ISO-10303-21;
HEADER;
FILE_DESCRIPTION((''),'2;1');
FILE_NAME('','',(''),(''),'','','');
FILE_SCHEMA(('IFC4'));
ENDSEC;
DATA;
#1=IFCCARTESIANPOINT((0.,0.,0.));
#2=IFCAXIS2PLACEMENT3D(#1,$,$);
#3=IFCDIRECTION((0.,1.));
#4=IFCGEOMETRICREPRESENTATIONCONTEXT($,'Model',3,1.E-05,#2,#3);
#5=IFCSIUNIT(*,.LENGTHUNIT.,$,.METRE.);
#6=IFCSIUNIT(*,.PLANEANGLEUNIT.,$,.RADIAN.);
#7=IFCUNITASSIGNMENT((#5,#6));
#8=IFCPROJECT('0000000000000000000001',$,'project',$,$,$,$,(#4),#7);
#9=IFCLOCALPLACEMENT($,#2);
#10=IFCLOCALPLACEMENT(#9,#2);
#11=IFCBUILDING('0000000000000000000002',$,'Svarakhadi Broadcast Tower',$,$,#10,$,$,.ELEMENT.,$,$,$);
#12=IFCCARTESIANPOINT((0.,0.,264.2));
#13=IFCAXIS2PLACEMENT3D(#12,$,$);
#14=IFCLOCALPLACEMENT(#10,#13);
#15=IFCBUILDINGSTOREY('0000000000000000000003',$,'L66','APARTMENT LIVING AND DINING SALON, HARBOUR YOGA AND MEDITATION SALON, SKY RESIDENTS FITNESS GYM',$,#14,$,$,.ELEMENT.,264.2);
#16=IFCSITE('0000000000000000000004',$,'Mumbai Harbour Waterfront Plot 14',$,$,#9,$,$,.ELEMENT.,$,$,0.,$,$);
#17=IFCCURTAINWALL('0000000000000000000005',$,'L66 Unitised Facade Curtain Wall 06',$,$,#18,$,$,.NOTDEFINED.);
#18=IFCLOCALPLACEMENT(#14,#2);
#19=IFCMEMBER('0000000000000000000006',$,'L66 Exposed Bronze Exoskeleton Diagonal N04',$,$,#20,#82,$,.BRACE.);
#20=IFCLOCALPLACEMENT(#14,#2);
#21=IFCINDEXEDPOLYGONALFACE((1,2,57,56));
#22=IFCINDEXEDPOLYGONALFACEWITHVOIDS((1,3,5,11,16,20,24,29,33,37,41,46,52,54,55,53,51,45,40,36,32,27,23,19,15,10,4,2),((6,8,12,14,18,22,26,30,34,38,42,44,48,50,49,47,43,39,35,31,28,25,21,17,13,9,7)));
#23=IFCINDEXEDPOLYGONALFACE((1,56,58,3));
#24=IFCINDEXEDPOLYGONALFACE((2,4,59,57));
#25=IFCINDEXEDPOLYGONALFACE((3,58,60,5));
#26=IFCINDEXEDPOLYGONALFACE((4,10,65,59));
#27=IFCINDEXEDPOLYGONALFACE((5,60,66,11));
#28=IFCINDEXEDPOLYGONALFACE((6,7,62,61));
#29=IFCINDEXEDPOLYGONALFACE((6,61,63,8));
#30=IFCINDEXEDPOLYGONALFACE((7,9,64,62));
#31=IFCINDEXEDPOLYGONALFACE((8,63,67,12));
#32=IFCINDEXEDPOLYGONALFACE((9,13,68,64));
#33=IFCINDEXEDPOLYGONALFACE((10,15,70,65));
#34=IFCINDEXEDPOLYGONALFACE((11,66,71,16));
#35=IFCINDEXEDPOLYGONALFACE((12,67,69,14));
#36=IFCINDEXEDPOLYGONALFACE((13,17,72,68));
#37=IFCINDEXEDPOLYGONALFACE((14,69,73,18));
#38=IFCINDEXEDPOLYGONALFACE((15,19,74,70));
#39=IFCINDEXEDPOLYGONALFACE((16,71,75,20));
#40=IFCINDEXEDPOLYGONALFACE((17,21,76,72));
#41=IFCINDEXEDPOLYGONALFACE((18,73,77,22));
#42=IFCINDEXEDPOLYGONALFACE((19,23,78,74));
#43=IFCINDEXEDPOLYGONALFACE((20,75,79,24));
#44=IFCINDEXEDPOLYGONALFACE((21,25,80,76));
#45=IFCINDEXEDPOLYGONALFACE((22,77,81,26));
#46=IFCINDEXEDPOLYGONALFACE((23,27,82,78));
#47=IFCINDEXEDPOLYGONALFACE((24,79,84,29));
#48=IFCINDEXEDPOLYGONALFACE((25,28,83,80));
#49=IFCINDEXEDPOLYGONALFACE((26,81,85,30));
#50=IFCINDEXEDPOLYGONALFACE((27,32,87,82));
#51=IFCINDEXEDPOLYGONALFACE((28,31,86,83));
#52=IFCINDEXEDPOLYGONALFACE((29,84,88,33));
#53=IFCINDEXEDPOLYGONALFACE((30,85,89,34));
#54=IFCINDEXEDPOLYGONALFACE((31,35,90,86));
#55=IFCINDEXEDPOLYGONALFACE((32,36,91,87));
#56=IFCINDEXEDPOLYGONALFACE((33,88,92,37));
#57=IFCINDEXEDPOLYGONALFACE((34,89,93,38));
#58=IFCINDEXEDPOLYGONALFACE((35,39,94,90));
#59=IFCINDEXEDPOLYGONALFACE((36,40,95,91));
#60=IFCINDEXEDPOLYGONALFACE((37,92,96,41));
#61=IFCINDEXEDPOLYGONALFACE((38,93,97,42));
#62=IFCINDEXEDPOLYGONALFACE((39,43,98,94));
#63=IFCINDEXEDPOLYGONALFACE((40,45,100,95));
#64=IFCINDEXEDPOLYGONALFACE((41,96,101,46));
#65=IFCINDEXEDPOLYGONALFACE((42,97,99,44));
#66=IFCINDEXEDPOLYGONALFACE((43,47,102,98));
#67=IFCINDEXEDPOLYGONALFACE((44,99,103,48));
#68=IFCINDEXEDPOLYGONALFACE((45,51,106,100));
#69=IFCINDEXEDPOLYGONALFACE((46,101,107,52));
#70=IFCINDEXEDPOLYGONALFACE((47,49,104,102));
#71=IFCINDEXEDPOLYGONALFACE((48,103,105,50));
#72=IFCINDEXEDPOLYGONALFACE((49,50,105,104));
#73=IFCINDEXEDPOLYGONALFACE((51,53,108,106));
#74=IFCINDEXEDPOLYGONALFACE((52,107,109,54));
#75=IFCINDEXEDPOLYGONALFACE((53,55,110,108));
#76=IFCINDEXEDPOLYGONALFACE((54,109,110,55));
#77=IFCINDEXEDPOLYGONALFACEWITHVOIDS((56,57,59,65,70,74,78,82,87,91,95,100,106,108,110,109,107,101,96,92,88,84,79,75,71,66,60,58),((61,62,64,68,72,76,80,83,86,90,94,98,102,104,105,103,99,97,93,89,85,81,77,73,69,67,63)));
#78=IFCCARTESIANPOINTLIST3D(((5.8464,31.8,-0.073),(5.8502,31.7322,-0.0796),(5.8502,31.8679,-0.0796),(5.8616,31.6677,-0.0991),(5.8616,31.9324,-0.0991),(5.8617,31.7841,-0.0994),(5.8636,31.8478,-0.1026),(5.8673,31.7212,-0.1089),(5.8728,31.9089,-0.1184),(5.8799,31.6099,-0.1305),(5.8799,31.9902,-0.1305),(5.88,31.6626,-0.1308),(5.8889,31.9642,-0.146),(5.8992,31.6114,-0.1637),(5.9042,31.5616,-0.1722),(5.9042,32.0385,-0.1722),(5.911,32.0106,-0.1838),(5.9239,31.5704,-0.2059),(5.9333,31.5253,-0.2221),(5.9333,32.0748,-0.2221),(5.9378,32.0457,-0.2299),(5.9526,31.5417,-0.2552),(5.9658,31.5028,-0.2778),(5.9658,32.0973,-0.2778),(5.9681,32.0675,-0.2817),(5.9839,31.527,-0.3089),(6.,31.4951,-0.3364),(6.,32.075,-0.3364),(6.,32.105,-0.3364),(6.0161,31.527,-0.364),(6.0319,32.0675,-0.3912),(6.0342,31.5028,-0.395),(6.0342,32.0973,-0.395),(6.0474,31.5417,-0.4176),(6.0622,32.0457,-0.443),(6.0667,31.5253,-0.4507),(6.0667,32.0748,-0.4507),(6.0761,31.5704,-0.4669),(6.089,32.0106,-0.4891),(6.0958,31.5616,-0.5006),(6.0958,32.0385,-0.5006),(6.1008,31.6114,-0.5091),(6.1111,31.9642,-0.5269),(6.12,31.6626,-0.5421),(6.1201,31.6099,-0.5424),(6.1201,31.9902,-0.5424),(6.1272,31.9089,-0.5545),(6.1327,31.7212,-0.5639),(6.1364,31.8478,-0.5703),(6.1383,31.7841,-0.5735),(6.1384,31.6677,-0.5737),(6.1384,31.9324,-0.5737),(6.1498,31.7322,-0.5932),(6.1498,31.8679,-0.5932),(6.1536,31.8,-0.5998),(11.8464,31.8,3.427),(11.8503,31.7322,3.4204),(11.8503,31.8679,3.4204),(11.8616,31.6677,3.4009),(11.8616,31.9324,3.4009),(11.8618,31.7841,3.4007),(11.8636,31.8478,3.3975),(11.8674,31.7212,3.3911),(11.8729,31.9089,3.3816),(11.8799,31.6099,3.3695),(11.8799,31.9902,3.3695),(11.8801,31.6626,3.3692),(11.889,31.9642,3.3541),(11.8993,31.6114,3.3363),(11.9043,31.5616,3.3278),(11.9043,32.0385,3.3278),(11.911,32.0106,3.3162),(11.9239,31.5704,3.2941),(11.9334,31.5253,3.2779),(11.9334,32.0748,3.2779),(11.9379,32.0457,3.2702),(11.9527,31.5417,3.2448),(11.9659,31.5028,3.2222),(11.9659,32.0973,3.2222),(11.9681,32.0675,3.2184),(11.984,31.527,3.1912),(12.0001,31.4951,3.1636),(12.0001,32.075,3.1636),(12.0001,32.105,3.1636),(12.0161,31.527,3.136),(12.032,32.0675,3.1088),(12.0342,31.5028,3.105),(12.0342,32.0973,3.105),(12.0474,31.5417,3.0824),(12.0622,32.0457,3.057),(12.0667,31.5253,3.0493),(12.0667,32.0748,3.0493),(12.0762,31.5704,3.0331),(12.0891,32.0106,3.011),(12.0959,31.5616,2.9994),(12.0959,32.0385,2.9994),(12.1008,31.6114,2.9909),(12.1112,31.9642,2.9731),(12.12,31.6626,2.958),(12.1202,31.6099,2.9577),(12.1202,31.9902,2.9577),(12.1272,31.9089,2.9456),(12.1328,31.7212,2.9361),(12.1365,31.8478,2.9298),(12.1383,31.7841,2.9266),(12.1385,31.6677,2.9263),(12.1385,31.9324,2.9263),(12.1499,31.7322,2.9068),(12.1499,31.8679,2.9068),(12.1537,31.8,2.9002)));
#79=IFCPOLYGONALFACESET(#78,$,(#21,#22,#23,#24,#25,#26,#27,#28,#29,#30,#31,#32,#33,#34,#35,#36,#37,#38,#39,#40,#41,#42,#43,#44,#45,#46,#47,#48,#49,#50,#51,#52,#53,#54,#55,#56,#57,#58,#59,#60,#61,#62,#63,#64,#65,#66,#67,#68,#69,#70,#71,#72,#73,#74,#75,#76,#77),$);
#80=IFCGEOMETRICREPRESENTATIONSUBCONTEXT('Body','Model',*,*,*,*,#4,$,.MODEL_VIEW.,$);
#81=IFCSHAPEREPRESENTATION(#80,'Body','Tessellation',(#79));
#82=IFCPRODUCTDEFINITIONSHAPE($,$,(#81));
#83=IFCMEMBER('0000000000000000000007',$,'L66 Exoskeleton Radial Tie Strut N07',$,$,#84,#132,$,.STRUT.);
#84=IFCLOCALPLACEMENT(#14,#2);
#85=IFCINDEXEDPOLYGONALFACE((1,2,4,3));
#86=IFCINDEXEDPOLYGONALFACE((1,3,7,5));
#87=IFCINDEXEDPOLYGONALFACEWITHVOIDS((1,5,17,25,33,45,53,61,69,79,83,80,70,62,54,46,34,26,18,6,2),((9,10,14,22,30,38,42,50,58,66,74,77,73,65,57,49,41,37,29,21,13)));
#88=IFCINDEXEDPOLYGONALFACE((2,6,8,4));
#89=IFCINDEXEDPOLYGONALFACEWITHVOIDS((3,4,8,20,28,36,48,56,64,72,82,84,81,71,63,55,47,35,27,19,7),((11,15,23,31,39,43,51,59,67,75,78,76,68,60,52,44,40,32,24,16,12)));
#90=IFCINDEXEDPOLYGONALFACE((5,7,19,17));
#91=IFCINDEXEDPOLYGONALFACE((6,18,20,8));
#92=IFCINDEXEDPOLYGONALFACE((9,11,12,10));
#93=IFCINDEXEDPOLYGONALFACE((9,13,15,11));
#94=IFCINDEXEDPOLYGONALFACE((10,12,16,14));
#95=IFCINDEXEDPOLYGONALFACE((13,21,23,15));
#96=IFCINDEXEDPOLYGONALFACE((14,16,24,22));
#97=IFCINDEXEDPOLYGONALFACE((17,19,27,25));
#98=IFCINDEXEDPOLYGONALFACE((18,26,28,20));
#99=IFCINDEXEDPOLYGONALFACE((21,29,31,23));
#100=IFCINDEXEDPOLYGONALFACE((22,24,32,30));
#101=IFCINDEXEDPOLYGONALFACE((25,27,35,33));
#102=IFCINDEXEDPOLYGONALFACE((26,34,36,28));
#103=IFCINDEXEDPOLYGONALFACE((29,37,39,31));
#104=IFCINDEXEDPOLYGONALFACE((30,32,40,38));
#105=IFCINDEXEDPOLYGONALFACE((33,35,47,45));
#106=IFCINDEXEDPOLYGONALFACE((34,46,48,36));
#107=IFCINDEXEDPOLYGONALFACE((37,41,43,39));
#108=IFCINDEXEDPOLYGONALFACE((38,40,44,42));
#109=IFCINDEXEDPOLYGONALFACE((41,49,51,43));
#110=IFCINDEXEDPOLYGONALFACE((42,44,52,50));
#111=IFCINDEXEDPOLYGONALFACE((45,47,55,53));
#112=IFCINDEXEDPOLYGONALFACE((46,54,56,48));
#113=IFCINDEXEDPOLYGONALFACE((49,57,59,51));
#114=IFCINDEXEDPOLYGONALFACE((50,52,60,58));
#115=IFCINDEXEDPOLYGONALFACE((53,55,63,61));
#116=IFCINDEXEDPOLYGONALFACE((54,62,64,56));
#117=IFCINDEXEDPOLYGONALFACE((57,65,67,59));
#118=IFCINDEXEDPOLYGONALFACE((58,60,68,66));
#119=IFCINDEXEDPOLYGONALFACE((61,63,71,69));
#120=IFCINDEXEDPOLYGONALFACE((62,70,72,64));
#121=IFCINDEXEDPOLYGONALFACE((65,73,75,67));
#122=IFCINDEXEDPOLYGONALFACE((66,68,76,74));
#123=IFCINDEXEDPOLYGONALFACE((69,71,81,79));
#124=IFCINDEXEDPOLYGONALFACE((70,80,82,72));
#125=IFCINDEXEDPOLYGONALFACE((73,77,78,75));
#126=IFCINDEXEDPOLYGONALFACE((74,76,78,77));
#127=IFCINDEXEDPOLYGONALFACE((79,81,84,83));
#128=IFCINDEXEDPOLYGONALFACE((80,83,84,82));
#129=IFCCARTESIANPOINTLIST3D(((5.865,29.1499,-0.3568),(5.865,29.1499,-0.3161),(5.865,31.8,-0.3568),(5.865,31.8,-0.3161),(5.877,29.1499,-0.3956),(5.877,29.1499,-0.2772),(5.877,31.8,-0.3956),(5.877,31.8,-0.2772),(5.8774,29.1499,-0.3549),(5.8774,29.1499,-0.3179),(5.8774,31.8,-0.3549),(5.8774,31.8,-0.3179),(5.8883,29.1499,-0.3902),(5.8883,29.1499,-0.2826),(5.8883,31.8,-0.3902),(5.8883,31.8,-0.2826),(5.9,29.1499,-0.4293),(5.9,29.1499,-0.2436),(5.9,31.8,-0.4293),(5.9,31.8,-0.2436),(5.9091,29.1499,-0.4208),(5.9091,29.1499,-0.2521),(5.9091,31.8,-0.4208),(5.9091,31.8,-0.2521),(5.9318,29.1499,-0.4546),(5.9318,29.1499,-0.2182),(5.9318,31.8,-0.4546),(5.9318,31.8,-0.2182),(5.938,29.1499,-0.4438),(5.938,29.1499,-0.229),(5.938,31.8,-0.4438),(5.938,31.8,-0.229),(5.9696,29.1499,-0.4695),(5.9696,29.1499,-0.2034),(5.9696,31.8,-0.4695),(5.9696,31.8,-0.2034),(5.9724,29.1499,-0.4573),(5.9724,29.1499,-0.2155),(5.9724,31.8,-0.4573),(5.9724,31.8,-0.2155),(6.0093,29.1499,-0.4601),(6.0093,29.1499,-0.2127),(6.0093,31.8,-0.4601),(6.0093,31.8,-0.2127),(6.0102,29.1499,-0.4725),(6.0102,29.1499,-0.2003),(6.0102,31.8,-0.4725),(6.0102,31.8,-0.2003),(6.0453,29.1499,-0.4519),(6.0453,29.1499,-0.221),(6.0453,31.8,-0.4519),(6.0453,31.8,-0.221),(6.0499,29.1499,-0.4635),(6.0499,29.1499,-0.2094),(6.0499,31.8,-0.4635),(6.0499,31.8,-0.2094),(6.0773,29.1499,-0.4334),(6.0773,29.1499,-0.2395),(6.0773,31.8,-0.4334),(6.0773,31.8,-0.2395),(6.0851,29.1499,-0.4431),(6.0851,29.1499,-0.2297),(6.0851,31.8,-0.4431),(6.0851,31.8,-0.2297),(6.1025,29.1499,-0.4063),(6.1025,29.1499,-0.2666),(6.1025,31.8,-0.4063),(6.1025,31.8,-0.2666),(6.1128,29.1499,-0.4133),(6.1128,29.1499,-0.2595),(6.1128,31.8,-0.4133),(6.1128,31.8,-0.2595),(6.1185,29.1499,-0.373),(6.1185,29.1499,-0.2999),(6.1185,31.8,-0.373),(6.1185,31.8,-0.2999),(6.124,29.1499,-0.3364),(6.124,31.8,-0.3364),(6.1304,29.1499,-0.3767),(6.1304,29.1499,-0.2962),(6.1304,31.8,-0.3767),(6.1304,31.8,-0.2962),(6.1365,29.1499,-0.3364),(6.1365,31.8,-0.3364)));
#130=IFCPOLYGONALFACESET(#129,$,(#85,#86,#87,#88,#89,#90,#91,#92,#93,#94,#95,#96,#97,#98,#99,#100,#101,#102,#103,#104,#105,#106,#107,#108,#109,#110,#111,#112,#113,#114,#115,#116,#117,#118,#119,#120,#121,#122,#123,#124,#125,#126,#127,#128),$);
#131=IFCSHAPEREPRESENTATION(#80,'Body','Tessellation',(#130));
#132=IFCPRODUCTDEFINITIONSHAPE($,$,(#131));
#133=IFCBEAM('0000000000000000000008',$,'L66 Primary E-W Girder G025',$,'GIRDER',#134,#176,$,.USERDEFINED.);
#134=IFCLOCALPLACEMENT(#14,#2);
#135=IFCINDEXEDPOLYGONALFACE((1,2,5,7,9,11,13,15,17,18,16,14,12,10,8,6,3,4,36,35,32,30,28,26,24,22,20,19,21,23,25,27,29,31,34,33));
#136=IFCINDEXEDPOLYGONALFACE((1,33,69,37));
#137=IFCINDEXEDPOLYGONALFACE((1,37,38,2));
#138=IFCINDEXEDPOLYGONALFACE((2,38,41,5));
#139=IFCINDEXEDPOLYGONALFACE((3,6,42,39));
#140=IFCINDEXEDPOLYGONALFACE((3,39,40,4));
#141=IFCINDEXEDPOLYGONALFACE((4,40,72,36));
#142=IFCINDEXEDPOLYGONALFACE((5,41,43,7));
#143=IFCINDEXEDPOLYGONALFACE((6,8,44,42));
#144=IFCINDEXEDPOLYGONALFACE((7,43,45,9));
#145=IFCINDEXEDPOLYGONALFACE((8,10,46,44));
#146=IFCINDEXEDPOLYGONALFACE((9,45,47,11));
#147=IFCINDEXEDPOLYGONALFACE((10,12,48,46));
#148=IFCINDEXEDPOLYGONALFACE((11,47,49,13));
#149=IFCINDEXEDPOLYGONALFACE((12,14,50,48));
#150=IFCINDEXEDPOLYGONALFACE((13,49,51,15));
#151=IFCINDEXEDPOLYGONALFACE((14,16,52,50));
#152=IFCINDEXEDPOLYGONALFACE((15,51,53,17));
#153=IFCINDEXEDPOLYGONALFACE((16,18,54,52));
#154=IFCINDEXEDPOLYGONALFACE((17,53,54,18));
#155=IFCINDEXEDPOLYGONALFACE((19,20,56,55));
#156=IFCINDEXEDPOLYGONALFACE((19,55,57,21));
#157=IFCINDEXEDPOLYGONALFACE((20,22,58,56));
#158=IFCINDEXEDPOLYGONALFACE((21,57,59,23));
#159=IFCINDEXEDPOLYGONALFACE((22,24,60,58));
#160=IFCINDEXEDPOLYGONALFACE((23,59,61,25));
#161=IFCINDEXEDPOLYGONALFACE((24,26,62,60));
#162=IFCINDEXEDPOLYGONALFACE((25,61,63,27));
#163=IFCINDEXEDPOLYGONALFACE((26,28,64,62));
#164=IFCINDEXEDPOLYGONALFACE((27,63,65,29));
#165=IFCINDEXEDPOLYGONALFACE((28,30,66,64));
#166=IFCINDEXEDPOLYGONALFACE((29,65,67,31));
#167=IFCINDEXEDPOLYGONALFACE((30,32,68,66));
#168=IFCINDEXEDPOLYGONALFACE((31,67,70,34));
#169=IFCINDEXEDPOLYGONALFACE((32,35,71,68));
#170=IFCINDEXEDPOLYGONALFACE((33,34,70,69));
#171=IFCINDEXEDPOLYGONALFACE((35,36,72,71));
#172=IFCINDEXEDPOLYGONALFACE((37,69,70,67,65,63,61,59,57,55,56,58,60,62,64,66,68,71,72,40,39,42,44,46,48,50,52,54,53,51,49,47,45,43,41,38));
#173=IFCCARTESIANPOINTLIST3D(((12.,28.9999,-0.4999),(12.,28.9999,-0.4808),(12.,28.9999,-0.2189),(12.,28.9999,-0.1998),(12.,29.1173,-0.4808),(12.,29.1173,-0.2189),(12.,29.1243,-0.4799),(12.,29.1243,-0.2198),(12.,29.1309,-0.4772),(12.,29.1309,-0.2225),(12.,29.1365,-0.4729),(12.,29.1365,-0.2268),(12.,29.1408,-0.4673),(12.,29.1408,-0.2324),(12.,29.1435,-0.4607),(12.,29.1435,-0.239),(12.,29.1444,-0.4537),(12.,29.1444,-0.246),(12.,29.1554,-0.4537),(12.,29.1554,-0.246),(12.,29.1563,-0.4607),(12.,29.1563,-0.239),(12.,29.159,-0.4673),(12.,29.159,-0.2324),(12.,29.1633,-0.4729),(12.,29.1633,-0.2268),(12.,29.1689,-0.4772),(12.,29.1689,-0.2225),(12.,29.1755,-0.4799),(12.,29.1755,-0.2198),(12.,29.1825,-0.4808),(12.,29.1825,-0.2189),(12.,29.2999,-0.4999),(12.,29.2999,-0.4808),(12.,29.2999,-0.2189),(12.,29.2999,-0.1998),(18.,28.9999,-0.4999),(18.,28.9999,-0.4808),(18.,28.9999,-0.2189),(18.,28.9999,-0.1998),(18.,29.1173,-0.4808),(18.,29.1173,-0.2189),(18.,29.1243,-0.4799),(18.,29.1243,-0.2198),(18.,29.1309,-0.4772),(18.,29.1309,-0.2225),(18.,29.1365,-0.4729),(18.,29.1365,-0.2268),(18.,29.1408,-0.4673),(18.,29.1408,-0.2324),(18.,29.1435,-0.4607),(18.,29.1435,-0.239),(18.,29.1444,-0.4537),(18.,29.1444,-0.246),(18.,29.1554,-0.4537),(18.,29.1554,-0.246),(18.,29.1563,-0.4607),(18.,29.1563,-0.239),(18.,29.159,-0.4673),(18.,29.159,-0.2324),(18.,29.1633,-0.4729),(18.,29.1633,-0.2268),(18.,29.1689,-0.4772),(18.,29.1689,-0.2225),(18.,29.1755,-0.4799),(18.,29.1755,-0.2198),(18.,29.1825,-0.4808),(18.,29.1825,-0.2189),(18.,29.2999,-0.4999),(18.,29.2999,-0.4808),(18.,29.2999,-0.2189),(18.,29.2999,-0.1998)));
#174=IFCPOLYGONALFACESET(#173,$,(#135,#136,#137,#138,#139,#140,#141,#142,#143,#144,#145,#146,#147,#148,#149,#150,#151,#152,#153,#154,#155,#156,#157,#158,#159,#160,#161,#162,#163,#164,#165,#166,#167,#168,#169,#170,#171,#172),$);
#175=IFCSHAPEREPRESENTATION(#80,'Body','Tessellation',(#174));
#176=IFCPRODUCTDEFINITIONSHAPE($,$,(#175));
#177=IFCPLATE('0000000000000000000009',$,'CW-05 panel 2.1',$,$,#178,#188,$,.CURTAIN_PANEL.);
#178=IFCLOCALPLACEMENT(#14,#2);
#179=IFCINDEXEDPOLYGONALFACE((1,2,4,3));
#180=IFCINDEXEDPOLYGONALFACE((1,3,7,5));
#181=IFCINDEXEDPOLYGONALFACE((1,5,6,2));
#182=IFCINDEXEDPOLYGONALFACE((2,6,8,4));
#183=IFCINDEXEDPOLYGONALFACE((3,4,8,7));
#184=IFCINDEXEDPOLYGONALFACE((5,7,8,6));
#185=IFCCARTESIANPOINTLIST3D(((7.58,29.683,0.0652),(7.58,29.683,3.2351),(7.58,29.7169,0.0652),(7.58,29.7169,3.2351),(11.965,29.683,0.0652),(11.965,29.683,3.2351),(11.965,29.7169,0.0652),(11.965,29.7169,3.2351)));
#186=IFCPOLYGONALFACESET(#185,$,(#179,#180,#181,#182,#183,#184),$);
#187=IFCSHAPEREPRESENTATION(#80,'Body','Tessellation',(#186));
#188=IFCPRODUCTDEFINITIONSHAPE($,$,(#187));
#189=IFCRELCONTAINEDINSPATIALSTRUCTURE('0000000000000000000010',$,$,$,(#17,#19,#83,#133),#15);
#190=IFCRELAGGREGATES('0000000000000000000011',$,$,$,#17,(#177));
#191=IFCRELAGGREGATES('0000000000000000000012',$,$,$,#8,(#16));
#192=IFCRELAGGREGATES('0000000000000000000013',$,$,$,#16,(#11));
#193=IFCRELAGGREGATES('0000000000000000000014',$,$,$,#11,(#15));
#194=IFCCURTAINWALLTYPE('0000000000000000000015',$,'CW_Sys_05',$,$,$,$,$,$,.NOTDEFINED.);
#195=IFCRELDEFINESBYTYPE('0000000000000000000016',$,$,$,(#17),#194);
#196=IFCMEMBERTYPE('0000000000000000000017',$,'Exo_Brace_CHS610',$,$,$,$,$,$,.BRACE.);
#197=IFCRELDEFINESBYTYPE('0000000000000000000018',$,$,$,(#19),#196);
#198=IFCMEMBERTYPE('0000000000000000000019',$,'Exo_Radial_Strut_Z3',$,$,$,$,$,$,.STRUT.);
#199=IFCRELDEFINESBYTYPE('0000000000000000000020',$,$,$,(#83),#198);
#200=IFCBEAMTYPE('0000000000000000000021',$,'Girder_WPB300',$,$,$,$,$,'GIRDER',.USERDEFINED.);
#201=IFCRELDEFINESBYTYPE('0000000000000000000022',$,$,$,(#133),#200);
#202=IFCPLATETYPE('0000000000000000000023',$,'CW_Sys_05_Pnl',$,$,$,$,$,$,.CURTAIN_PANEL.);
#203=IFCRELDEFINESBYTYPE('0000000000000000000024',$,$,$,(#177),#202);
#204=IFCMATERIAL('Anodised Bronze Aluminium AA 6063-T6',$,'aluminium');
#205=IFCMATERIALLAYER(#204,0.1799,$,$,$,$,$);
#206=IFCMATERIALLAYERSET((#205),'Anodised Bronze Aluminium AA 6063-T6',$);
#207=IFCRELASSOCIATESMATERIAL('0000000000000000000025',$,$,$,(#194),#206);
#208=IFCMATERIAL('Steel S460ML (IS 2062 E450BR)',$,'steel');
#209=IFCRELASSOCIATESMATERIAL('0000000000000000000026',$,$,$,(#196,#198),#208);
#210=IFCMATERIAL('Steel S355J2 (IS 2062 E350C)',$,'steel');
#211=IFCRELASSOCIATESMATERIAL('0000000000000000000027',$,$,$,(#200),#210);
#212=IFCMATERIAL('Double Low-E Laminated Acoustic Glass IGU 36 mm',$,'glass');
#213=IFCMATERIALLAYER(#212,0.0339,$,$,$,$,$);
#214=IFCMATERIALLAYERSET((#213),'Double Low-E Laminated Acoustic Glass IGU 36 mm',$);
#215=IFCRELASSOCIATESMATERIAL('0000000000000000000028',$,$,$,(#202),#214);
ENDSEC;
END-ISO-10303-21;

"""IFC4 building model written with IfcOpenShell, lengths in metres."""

from ifc_helpers import new_model, si_unit, direction, frame, origin, origin_2d, place, context, subcontext, project, spatial, rectangle, hollow_circle, i_section, extrude, material, layer, layer_set, material_profile, profile_set, type_object, element, aggregate, save


model = new_model("IFC4")

# Units and contexts
model_context = context("Model", 3, precision=1e-05, world=origin(), true_north=direction((0.0, 1.0)))
body_context = subcontext(model_context, "Body", "Model", "MODEL_VIEW")
ifc_project = project(units=[si_unit("LENGTHUNIT", "METRE"), si_unit("PLANEANGLEUNIT", "RADIAN")], contexts=[model_context])

# Site, building, storey
site_placement = place(None, origin())
site = spatial("IfcSite", under=ifc_project, at=site_placement, Name="Mumbai Harbour Waterfront Plot 14", CompositionType="ELEMENT", RefElevation=0.0)
building_placement = place(site_placement, origin())
building = spatial("IfcBuilding", under=site, at=building_placement, Name="Svarakhadi Broadcast Tower", CompositionType="ELEMENT")
storey_placement = place(building_placement, frame((0.0, 0.0, 264.2)))
storey = spatial("IfcBuildingStorey", under=building, at=storey_placement, Name="L66", Description="APARTMENT LIVING AND DINING SALON, HARBOUR YOGA AND MEDITATION SALON, SKY RESIDENTS FITNESS GYM", CompositionType="ELEMENT", Elevation=264.2)

# Shared definitions
ifc_material_1 = material(Name="Steel S460ML (IS 2062 E450BR)", Category="steel")

# Curtain wall
ifc_material_2 = material(Name="Anodised Bronze Aluminium AA 6063-T6", Category="aluminium")
ifc_layer_1 = layer(ifc_material_2, 0.1799)
ifc_layer_set_1 = layer_set([ifc_layer_1], Name="Anodised Bronze Aluminium AA 6063-T6")
curtain_wall_type = type_object("IfcCurtainWallType", Name="CW_Sys_05", PredefinedType="NOTDEFINED", material=ifc_layer_set_1)
curtain_wall_placement = place(storey_placement, origin())
curtain_wall = element("IfcCurtainWall", 1, at=curtain_wall_placement, inside=storey, type_object=curtain_wall_type, Name="L66 Unitised Facade Curtain Wall 06", PredefinedType="NOTDEFINED")

# Members
ifc_material_profile_1 = material_profile(ifc_material_1, hollow_circle(Radius=0.3049, WallThickness=0.03, at=origin_2d()), Name="CHS 610x30")
ifc_profile_set_1 = profile_set([ifc_material_profile_1], Name="Steel S460ML (IS 2062 E450BR)")
member_type_1 = type_object("IfcMemberType", Name="Exo_Brace_CHS610", PredefinedType="BRACE", material=ifc_profile_set_1)
member_1_placement = place(storey_placement, frame((6.0, 31.8, -0.3364), z_axis=(0.863779, 0.0, 0.503871), x_axis=(0.0, 1.0, 0.0)))
element("IfcMember", 2, at=member_1_placement, inside=storey, type_object=member_type_1, Name="L66 Exposed Bronze Exoskeleton Diagonal N04", PredefinedType="BRACE", context=body_context, shape_type="SweptSolid", body=[
    extrude(hollow_circle(Radius=0.3049, WallThickness=0.03, at=origin_2d()), origin(), (0.0, 0.0, 1.0), 6.9463),
])
ifc_material_profile_2 = material_profile(ifc_material_1, hollow_circle(Radius=0.1365, WallThickness=0.0125, at=origin_2d()), Name="CHS 273x12.5")
ifc_profile_set_2 = profile_set([ifc_material_profile_2], Name="Steel S460ML (IS 2062 E450BR)")
member_type_2 = type_object("IfcMemberType", Name="Exo_Radial_Strut_Z3", PredefinedType="STRUT", material=ifc_profile_set_2)
member_2_placement = place(storey_placement, frame((6.0, 31.8, -0.3364), z_axis=(0.0, -1.0, 0.0), x_axis=(1.0, 0.0, 0.0)))
element("IfcMember", 3, at=member_2_placement, inside=storey, type_object=member_type_2, Name="L66 Exoskeleton Radial Tie Strut N07", PredefinedType="STRUT", context=body_context, shape_type="SweptSolid", body=[
    extrude(hollow_circle(Radius=0.1365, WallThickness=0.0125, at=origin_2d()), origin(), (0.0, 0.0, 1.0), 2.6501),
])

# Beam
ifc_material_3 = material(Name="Steel S355J2 (IS 2062 E350C)", Category="steel")
ifc_material_profile_3 = material_profile(ifc_material_3, i_section(OverallWidth=0.3, OverallDepth=0.3, WebThickness=0.011, FlangeThickness=0.019, FilletRadius=0.0271, at=origin_2d()), Name="WPB 300x300x117")
ifc_profile_set_3 = profile_set([ifc_material_profile_3], Name="Steel S355J2 (IS 2062 E350C)")
beam_type = type_object("IfcBeamType", Name="Girder_WPB300", ElementType="GIRDER", PredefinedType="USERDEFINED", material=ifc_profile_set_3)
beam_placement = place(storey_placement, frame((12.0, 29.1499, -0.3499), z_axis=(1.0, 0.0, 0.0), x_axis=(0.0, 1.0, 0.0)))
element("IfcBeam", 4, at=beam_placement, inside=storey, type_object=beam_type, Name="L66 Primary E-W Girder G025", ObjectType="GIRDER", PredefinedType="USERDEFINED", context=body_context, shape_type="SweptSolid", body=[
    extrude(i_section(OverallWidth=0.3, OverallDepth=0.3, WebThickness=0.011, FlangeThickness=0.019, FilletRadius=0.0271, at=origin_2d()), origin(), (0.0, 0.0, 1.0), 6.0),
])

# Plate
ifc_material_4 = material(Name="Double Low-E Laminated Acoustic Glass IGU 36 mm", Category="glass")
ifc_layer_2 = layer(ifc_material_4, 0.0339)
ifc_layer_set_2 = layer_set([ifc_layer_2], Name="Double Low-E Laminated Acoustic Glass IGU 36 mm")
plate_type_1 = type_object("IfcPlateType", Name="CW_Sys_05_Pnl", PredefinedType="CURTAIN_PANEL", material=ifc_layer_set_2)
plate_1_placement = place(storey_placement, frame((9.7725, 29.7, 0.0652), z_axis=(0.0, 0.0, 1.0), x_axis=(1.0, 0.0, 0.0)))
plate_1 = element("IfcPlate", 5, at=plate_1_placement, type_object=plate_type_1, Name="CW-05 panel 2.1", PredefinedType="CURTAIN_PANEL", context=body_context, shape_type="SweptSolid", body=[
    extrude(rectangle(XDim=4.385, YDim=0.0339, at=origin_2d()), origin(), (0.0, 0.0, 1.0), 3.1699),
])
aggregate(curtain_wall, [plate_1])

save(model, "model.ifc")
